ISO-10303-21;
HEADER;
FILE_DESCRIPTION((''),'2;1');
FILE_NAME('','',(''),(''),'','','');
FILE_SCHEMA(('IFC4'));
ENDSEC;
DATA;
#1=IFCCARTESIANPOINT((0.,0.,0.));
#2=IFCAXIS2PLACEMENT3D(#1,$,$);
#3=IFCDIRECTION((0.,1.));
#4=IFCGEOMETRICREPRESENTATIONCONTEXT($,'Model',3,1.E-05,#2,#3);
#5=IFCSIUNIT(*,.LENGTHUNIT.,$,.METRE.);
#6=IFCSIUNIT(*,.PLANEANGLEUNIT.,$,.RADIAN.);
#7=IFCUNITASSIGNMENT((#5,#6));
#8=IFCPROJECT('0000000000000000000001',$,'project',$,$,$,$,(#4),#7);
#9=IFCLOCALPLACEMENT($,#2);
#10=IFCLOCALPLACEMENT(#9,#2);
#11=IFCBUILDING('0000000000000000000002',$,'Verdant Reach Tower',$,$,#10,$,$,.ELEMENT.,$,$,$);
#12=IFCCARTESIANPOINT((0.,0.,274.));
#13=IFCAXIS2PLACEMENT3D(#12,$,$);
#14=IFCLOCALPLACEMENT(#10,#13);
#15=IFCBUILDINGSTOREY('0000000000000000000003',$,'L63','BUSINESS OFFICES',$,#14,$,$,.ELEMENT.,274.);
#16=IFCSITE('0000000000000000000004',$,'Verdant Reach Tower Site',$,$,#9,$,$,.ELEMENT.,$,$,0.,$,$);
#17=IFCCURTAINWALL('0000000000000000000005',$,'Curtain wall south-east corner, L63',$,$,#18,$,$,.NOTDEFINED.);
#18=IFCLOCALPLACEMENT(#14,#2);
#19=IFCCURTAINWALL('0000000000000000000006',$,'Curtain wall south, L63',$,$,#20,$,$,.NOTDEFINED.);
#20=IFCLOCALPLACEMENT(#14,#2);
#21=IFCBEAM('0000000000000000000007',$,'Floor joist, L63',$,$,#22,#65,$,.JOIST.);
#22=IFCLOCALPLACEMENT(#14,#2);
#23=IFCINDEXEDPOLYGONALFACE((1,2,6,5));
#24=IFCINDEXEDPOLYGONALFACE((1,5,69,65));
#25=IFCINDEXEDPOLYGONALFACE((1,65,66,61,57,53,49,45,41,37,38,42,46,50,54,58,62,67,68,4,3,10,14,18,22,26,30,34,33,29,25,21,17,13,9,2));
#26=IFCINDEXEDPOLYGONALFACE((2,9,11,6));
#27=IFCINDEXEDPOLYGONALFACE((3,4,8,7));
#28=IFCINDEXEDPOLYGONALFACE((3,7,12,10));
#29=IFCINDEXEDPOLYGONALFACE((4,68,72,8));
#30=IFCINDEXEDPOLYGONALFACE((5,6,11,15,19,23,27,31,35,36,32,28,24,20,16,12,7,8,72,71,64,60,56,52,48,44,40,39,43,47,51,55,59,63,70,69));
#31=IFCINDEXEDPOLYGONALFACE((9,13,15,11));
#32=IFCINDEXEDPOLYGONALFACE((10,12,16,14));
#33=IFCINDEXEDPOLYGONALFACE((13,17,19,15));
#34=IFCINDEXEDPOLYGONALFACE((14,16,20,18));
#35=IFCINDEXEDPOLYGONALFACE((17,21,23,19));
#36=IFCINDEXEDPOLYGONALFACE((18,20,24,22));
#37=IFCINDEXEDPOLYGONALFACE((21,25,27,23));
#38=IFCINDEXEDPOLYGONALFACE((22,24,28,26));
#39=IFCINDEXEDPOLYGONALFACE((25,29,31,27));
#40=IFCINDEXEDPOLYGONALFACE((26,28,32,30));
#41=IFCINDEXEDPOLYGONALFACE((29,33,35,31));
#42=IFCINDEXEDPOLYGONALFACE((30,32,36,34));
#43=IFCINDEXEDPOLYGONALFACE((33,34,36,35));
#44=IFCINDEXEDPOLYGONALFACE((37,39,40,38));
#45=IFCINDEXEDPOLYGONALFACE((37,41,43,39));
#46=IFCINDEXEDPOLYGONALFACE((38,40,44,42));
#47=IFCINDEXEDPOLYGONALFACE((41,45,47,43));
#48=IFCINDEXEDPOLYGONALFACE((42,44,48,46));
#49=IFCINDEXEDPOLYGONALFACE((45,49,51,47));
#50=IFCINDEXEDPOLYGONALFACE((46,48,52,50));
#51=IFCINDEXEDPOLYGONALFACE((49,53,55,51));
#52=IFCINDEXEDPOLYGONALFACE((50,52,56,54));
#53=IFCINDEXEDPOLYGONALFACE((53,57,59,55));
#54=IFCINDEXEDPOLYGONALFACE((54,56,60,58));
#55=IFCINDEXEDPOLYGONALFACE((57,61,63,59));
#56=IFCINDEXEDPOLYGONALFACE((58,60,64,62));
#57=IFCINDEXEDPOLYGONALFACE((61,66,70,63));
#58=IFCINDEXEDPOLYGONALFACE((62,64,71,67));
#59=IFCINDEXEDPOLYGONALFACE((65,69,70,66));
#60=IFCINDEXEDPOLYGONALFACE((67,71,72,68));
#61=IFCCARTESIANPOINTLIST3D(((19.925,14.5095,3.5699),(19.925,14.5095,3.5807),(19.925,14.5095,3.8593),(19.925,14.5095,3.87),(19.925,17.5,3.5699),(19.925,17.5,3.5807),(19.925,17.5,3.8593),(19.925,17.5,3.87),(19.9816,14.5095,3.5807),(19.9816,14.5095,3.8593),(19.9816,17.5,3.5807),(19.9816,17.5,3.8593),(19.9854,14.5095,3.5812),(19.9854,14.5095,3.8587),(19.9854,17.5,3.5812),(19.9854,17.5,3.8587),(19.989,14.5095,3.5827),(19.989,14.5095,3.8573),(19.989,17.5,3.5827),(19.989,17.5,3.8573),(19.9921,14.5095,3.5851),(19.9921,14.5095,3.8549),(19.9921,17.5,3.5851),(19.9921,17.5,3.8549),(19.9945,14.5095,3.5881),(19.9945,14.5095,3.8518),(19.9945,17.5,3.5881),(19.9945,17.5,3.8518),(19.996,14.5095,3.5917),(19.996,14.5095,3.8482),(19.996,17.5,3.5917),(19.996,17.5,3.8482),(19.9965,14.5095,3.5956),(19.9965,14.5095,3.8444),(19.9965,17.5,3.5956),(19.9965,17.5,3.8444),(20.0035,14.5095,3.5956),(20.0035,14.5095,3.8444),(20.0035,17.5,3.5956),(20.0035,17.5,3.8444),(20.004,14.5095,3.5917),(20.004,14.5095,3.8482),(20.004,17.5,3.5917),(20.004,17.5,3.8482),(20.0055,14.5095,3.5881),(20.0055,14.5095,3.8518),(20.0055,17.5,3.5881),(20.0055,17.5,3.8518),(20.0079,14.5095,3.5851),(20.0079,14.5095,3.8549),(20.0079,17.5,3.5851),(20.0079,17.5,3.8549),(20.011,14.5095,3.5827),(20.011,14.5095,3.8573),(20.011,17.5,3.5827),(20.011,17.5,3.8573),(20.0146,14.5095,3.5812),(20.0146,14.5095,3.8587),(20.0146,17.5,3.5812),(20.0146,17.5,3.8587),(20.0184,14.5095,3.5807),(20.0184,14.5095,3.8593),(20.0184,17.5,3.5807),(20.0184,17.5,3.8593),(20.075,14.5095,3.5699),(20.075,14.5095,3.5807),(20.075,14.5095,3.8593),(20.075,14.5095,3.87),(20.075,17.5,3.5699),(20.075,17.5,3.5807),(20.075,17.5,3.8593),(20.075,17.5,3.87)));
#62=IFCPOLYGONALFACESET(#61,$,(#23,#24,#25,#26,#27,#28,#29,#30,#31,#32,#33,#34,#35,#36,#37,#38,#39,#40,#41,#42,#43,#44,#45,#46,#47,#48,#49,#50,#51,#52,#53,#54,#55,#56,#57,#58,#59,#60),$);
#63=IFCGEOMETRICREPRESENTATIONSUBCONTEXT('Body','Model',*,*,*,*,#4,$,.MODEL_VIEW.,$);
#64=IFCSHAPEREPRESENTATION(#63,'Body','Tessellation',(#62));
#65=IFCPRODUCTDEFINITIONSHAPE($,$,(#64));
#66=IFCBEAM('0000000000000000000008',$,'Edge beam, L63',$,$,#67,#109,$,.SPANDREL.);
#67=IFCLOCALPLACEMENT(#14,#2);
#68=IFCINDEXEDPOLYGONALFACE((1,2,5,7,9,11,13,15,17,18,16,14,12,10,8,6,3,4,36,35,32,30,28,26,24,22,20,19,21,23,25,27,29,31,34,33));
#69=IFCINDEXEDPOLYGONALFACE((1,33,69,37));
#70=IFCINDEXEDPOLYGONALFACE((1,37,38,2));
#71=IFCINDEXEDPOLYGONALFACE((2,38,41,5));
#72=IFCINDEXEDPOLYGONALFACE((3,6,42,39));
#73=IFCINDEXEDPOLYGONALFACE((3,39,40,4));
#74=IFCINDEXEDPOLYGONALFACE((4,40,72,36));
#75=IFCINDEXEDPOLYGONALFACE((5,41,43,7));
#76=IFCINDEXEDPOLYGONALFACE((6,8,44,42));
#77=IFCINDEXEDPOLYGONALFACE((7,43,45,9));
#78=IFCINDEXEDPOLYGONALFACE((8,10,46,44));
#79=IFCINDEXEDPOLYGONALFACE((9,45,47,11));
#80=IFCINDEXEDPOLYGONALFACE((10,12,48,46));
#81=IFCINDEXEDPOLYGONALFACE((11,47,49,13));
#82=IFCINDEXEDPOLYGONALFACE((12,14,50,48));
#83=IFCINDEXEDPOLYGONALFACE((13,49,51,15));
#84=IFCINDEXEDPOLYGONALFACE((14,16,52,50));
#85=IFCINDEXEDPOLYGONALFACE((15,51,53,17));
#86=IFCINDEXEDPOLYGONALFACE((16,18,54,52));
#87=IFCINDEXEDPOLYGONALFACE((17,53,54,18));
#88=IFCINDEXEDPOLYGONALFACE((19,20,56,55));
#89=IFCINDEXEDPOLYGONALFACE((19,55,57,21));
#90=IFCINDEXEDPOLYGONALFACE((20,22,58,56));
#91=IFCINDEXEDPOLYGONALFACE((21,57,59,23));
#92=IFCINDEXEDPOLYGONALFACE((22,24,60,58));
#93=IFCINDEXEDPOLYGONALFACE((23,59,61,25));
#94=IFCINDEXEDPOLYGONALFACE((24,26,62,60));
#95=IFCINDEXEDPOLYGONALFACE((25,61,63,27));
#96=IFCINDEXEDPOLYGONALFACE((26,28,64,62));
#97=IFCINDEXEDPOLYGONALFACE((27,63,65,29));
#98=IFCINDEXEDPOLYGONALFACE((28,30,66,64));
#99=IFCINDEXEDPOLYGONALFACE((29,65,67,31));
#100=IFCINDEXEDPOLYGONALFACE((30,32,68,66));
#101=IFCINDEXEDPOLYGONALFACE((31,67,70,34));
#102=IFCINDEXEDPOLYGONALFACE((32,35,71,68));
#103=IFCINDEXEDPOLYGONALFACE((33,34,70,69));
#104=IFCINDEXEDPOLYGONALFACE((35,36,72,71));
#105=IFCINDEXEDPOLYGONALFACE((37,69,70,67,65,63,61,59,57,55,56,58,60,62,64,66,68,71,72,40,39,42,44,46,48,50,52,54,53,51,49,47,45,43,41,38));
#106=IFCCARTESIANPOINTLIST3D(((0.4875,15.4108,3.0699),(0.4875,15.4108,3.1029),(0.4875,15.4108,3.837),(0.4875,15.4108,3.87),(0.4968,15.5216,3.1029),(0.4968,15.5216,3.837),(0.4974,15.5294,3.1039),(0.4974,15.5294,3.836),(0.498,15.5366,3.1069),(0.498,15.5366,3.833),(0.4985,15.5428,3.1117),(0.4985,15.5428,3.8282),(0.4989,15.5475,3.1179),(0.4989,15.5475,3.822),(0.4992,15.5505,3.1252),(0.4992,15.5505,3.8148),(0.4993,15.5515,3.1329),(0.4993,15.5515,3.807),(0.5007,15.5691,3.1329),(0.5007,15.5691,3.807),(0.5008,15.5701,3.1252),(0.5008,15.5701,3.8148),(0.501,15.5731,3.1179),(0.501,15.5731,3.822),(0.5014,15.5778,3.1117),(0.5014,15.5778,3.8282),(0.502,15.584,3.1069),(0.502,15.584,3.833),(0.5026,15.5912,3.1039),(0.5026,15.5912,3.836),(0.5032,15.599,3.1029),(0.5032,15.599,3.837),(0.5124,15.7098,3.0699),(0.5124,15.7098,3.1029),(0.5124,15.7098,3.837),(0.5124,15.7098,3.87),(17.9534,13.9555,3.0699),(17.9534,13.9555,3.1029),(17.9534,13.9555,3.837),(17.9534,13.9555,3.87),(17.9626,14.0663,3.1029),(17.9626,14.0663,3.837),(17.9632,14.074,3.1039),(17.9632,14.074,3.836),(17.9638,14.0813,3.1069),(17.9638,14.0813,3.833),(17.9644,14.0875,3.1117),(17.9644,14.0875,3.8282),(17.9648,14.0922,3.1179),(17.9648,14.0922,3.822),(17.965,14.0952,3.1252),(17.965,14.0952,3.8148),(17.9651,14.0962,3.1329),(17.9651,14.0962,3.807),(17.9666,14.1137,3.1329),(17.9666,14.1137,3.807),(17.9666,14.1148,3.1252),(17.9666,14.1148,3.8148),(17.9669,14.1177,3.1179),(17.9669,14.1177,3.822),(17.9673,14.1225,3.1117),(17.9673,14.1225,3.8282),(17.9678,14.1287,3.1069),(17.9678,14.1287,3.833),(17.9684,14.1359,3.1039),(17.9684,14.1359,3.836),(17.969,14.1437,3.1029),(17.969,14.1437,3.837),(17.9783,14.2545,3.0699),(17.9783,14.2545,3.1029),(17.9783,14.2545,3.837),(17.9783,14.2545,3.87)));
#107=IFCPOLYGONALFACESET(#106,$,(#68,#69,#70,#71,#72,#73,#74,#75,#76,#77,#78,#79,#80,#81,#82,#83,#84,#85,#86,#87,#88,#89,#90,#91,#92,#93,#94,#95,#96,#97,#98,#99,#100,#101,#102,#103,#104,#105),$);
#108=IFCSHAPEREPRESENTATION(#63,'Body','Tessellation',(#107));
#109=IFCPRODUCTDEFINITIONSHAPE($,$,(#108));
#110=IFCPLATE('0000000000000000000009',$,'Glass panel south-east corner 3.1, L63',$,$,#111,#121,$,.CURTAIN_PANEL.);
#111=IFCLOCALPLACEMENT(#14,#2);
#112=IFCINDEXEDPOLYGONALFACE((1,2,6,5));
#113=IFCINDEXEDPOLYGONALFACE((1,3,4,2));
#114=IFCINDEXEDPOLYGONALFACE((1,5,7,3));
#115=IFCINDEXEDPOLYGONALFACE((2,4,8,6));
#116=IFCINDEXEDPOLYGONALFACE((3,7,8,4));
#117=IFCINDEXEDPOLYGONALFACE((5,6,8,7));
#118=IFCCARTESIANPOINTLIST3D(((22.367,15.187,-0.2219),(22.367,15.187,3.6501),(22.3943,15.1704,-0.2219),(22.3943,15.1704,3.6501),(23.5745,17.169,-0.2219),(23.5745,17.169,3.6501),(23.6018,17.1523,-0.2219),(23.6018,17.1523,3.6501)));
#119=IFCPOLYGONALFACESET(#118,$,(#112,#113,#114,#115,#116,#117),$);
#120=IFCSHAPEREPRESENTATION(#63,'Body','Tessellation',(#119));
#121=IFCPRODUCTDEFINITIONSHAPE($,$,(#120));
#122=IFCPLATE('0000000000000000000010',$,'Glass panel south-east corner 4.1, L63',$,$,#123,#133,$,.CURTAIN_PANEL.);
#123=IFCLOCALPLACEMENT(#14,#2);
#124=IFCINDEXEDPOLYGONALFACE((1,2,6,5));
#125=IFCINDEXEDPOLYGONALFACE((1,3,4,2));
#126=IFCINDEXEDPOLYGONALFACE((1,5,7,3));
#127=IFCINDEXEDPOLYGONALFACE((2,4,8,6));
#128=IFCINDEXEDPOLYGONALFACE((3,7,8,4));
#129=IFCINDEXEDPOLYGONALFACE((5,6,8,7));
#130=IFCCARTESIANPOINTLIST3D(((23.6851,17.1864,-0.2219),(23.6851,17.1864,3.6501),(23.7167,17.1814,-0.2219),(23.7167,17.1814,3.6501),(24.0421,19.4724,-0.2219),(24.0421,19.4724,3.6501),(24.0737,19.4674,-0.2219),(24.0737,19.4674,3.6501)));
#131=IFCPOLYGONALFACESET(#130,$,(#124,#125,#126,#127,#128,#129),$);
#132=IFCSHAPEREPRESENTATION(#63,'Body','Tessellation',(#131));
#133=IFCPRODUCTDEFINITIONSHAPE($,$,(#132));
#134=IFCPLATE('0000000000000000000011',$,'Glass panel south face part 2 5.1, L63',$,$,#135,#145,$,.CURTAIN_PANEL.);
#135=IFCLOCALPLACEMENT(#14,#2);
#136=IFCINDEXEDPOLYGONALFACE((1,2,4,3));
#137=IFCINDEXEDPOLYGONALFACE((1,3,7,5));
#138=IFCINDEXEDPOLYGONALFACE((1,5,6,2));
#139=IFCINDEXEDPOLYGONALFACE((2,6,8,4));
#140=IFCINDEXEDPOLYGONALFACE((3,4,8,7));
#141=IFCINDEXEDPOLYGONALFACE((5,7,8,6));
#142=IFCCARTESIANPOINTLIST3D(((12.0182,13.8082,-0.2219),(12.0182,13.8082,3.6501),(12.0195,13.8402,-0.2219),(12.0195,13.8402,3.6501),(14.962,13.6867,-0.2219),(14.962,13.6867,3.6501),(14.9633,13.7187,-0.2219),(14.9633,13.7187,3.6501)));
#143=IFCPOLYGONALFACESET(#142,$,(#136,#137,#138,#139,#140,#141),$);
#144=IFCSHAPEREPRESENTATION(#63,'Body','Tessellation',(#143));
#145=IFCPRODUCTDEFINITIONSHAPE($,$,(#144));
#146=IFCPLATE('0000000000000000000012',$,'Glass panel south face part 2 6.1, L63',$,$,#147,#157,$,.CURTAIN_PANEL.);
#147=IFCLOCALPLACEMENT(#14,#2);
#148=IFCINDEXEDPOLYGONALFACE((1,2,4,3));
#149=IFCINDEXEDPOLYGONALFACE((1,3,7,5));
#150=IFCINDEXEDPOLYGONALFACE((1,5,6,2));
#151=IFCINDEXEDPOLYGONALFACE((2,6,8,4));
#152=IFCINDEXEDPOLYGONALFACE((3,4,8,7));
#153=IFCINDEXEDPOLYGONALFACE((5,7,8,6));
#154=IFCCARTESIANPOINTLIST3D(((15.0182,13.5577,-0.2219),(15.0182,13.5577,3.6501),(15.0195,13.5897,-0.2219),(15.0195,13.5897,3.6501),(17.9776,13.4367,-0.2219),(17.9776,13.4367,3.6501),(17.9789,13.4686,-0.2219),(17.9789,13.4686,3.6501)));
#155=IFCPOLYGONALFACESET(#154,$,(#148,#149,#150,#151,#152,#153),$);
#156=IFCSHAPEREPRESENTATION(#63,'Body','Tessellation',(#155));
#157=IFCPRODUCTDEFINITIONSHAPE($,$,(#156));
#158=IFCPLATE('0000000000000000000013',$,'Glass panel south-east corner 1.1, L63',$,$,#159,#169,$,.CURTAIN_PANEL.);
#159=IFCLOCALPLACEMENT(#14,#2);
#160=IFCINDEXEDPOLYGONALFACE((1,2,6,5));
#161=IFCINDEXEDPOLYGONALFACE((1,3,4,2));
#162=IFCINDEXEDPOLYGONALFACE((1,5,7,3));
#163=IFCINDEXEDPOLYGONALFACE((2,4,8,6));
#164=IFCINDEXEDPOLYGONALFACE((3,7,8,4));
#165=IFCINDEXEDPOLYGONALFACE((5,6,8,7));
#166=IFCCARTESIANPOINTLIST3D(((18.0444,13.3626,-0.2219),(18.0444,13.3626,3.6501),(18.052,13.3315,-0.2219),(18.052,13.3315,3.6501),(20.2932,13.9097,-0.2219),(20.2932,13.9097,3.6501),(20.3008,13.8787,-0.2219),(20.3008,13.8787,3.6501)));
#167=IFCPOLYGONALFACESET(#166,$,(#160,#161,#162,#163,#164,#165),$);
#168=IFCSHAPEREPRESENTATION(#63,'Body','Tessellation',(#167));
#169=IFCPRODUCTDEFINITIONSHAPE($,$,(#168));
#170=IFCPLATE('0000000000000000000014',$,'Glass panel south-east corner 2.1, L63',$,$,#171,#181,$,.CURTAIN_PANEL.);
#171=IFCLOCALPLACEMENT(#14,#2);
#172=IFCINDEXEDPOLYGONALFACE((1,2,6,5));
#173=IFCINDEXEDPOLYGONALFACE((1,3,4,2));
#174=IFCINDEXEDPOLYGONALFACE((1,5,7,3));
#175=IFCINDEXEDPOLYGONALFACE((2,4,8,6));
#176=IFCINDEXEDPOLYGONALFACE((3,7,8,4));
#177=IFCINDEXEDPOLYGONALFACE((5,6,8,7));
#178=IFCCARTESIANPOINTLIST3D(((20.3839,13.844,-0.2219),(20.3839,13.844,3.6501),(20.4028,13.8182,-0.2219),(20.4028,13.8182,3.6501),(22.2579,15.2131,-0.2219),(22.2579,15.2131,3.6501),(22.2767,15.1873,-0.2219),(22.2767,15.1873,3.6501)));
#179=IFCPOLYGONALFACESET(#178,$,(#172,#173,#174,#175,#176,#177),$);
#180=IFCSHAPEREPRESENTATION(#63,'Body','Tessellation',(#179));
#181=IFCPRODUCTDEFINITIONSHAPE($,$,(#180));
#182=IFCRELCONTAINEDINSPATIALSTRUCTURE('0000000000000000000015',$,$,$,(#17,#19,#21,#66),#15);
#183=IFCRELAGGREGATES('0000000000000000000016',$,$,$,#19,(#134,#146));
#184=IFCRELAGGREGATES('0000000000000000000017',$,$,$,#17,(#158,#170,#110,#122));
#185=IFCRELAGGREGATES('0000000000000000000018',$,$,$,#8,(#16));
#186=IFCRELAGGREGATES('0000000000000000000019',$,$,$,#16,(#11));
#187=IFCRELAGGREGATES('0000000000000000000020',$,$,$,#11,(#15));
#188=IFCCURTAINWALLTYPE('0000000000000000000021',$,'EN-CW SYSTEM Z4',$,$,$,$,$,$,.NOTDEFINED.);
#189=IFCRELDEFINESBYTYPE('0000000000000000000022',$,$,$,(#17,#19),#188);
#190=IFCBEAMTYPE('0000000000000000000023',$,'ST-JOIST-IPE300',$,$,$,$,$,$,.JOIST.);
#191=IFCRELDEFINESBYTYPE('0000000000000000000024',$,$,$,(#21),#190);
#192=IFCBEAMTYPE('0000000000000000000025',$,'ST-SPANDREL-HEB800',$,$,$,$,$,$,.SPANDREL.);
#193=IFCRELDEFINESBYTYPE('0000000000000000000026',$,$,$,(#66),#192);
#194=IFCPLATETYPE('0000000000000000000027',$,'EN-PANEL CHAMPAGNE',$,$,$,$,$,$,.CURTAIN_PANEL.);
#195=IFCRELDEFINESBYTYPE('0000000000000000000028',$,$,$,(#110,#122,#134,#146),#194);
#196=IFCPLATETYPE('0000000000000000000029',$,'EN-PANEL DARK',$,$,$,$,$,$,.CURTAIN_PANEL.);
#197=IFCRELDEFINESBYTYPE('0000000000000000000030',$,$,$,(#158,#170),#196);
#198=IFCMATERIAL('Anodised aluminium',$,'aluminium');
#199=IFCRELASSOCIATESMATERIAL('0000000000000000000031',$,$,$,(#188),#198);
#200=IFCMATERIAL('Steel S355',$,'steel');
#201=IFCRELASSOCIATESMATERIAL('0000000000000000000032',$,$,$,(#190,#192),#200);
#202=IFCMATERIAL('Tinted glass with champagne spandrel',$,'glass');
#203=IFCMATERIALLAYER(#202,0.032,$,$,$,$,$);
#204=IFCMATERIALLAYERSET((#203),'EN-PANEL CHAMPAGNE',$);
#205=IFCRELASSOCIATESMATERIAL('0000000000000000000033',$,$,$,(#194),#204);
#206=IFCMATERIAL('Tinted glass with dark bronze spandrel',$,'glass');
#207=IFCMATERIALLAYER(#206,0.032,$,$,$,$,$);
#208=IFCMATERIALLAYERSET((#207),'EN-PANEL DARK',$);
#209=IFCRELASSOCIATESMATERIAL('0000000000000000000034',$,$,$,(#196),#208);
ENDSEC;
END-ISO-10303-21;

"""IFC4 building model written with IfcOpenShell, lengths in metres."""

from ifc_helpers import new_model, si_unit, direction, frame, origin, origin_2d, place, context, subcontext, project, spatial, rectangle, i_section, extrude, material, layer, layer_set, material_profile, profile_set, type_object, element, aggregate, save


model = new_model("IFC4")

# Units and contexts
model_context = context("Model", 3, precision=1e-05, world=origin(), true_north=direction((0.0, 1.0)))
body_context = subcontext(model_context, "Body", "Model", "MODEL_VIEW")
ifc_project = project(units=[si_unit("LENGTHUNIT", "METRE"), si_unit("PLANEANGLEUNIT", "RADIAN")], contexts=[model_context])

# Site, building, storey
site_placement = place(None, origin())
site = spatial("IfcSite", under=ifc_project, at=site_placement, Name="Verdant Reach Tower Site", CompositionType="ELEMENT", RefElevation=0.0)
building_placement = place(site_placement, origin())
building = spatial("IfcBuilding", under=site, at=building_placement, Name="Verdant Reach Tower", CompositionType="ELEMENT")
storey_placement = place(building_placement, frame((0.0, 0.0, 274.0)))
storey = spatial("IfcBuildingStorey", under=building, at=storey_placement, Name="L63", Description="BUSINESS OFFICES", CompositionType="ELEMENT", Elevation=274.0)

# Curtain walls
ifc_material_1 = material(Name="Anodised aluminium", Category="aluminium")
curtain_wall_type = type_object("IfcCurtainWallType", Name="EN-CW SYSTEM Z4", PredefinedType="NOTDEFINED", material=ifc_material_1)
curtain_wall_1_placement = place(storey_placement, origin())
curtain_wall_1 = element("IfcCurtainWall", 1, at=curtain_wall_1_placement, inside=storey, type_object=curtain_wall_type, Name="Curtain wall south-east corner, L63", PredefinedType="NOTDEFINED")
curtain_wall_2_placement = place(storey_placement, origin())
curtain_wall_2 = element("IfcCurtainWall", 2, at=curtain_wall_2_placement, inside=storey, type_object=curtain_wall_type, Name="Curtain wall south, L63", PredefinedType="NOTDEFINED")

# Beams
ifc_material_2 = material(Name="Steel S355", Category="steel")
ifc_material_profile_1 = material_profile(ifc_material_2, i_section(OverallWidth=0.1499, OverallDepth=0.3, WebThickness=0.0071, FlangeThickness=0.0107, FilletRadius=0.0149, at=origin_2d()), Name="IPE 300")
ifc_profile_set_1 = profile_set([ifc_material_profile_1], Name="Steel S355")
beam_type_1 = type_object("IfcBeamType", Name="ST-JOIST-IPE300", PredefinedType="JOIST", material=ifc_profile_set_1)
beam_1_placement = place(storey_placement, frame((20.0, 17.5, 3.72), z_axis=(0.0, -1.0, 0.0), x_axis=(1.0, 0.0, 0.0)))
element("IfcBeam", 3, at=beam_1_placement, inside=storey, type_object=beam_type_1, Name="Floor joist, L63", PredefinedType="JOIST", context=body_context, shape_type="SweptSolid", body=[
    extrude(i_section(OverallWidth=0.1499, OverallDepth=0.3, WebThickness=0.0071, FlangeThickness=0.0107, FilletRadius=0.0149, at=origin_2d()), origin(), (0.0, 0.0, 1.0), 2.9905),
])
ifc_material_profile_2 = material_profile(ifc_material_2, i_section(OverallWidth=0.3, OverallDepth=0.8, WebThickness=0.0176, FlangeThickness=0.033, FilletRadius=0.03, at=origin_2d()), Name="HEB 800")
ifc_profile_set_2 = profile_set([ifc_material_profile_2], Name="Steel S355")
beam_type_2 = type_object("IfcBeamType", Name="ST-SPANDREL-HEB800", PredefinedType="SPANDREL", material=ifc_profile_set_2)
beam_2_placement = place(storey_placement, frame((17.9658, 14.105, 3.47), z_axis=(-0.996547, 0.083036, 0.0), x_axis=(-0.083036, -0.996547, 0.0)))
element("IfcBeam", 4, at=beam_2_placement, inside=storey, type_object=beam_type_2, Name="Edge beam, L63", PredefinedType="SPANDREL", context=body_context, shape_type="SweptSolid", body=[
    extrude(i_section(OverallWidth=0.3, OverallDepth=0.8, WebThickness=0.0176, FlangeThickness=0.033, FilletRadius=0.03, at=origin_2d()), origin(), (0.0, 0.0, 1.0), 17.5264),
])

# Plates
ifc_material_3 = material(Name="Tinted glass with champagne spandrel", Category="glass")
ifc_layer_1 = layer(ifc_material_3, 0.032)
ifc_layer_set_1 = layer_set([ifc_layer_1], Name="EN-PANEL CHAMPAGNE")
plate_type_1 = type_object("IfcPlateType", Name="EN-PANEL CHAMPAGNE", PredefinedType="CURTAIN_PANEL", material=ifc_layer_set_1)
plate_1_placement = place(storey_placement, frame((22.9844, 16.1697, -0.2219), z_axis=(0.0, 0.0, 1.0), x_axis=(0.520292, 0.853989, 0.0)))
plate_1 = element("IfcPlate", 5, at=plate_1_placement, type_object=plate_type_1, Name="Glass panel south-east corner 3.1, L63", PredefinedType="CURTAIN_PANEL", context=body_context, shape_type="SweptSolid", body=[
    extrude(rectangle(XDim=2.3208, YDim=0.032, at=origin_2d()), origin(), (0.0, 0.0, 1.0), 3.8721),
])
plate_2_placement = place(storey_placement, frame((23.8794, 18.3269, -0.2219), z_axis=(0.0, 0.0, 1.0), x_axis=(0.154325, 0.98802, 0.0)))
plate_2 = element("IfcPlate", 6, at=plate_2_placement, type_object=plate_type_1, Name="Glass panel south-east corner 4.1, L63", PredefinedType="CURTAIN_PANEL", context=body_context, shape_type="SweptSolid", body=[
    extrude(rectangle(XDim=2.3137, YDim=0.032, at=origin_2d()), origin(), (0.0, 0.0, 1.0), 3.8721),
])
plate_3_placement = place(storey_placement, frame((13.4907, 13.7634, -0.2219), z_axis=(0.0, 0.0, 1.0), x_axis=(0.999149, -0.041242, 0.0)))
plate_3 = element("IfcPlate", 7, at=plate_3_placement, type_object=plate_type_1, Name="Glass panel south face part 2 5.1, L63", PredefinedType="CURTAIN_PANEL", context=body_context, shape_type="SweptSolid", body=[
    extrude(rectangle(XDim=2.9463, YDim=0.032, at=origin_2d()), origin(), (0.0, 0.0, 1.0), 3.8721),
])
plate_4_placement = place(storey_placement, frame((16.4985, 13.5132, -0.2219), z_axis=(0.0, 0.0, 1.0), x_axis=(0.999164, -0.040881, 0.0)))
plate_4 = element("IfcPlate", 8, at=plate_4_placement, type_object=plate_type_1, Name="Glass panel south face part 2 6.1, L63", PredefinedType="CURTAIN_PANEL", context=body_context, shape_type="SweptSolid", body=[
    extrude(rectangle(XDim=2.9619, YDim=0.032, at=origin_2d()), origin(), (0.0, 0.0, 1.0), 3.8721),
])
aggregate(curtain_wall_2, [plate_3, plate_4])
ifc_material_4 = material(Name="Tinted glass with dark bronze spandrel", Category="glass")
ifc_layer_2 = layer(ifc_material_4, 0.032)
ifc_layer_set_2 = layer_set([ifc_layer_2], Name="EN-PANEL DARK")
plate_type_2 = type_object("IfcPlateType", Name="EN-PANEL DARK", PredefinedType="CURTAIN_PANEL", material=ifc_layer_set_2)
plate_5_placement = place(storey_placement, frame((19.1726, 13.6206, -0.2219), z_axis=(0.0, 0.0, 1.0), x_axis=(0.971652, 0.236414, 0.0)))
plate_5 = element("IfcPlate", 9, at=plate_5_placement, type_object=plate_type_2, Name="Glass panel south-east corner 1.1, L63", PredefinedType="CURTAIN_PANEL", context=body_context, shape_type="SweptSolid", body=[
    extrude(rectangle(XDim=2.3145, YDim=0.032, at=origin_2d()), origin(), (0.0, 0.0, 1.0), 3.8721),
])
plate_6_placement = place(storey_placement, frame((21.3303, 14.5156, -0.2219), z_axis=(0.0, 0.0, 1.0), x_axis=(0.807457, 0.589927, 0.0)))
plate_6 = element("IfcPlate", 10, at=plate_6_placement, type_object=plate_type_2, Name="Glass panel south-east corner 2.1, L63", PredefinedType="CURTAIN_PANEL", context=body_context, shape_type="SweptSolid", body=[
    extrude(rectangle(XDim=2.3208, YDim=0.032, at=origin_2d()), origin(), (0.0, 0.0, 1.0), 3.8721),
])
aggregate(curtain_wall_1, [plate_5, plate_6, plate_1, plate_2])

save(model, "model.ifc")
